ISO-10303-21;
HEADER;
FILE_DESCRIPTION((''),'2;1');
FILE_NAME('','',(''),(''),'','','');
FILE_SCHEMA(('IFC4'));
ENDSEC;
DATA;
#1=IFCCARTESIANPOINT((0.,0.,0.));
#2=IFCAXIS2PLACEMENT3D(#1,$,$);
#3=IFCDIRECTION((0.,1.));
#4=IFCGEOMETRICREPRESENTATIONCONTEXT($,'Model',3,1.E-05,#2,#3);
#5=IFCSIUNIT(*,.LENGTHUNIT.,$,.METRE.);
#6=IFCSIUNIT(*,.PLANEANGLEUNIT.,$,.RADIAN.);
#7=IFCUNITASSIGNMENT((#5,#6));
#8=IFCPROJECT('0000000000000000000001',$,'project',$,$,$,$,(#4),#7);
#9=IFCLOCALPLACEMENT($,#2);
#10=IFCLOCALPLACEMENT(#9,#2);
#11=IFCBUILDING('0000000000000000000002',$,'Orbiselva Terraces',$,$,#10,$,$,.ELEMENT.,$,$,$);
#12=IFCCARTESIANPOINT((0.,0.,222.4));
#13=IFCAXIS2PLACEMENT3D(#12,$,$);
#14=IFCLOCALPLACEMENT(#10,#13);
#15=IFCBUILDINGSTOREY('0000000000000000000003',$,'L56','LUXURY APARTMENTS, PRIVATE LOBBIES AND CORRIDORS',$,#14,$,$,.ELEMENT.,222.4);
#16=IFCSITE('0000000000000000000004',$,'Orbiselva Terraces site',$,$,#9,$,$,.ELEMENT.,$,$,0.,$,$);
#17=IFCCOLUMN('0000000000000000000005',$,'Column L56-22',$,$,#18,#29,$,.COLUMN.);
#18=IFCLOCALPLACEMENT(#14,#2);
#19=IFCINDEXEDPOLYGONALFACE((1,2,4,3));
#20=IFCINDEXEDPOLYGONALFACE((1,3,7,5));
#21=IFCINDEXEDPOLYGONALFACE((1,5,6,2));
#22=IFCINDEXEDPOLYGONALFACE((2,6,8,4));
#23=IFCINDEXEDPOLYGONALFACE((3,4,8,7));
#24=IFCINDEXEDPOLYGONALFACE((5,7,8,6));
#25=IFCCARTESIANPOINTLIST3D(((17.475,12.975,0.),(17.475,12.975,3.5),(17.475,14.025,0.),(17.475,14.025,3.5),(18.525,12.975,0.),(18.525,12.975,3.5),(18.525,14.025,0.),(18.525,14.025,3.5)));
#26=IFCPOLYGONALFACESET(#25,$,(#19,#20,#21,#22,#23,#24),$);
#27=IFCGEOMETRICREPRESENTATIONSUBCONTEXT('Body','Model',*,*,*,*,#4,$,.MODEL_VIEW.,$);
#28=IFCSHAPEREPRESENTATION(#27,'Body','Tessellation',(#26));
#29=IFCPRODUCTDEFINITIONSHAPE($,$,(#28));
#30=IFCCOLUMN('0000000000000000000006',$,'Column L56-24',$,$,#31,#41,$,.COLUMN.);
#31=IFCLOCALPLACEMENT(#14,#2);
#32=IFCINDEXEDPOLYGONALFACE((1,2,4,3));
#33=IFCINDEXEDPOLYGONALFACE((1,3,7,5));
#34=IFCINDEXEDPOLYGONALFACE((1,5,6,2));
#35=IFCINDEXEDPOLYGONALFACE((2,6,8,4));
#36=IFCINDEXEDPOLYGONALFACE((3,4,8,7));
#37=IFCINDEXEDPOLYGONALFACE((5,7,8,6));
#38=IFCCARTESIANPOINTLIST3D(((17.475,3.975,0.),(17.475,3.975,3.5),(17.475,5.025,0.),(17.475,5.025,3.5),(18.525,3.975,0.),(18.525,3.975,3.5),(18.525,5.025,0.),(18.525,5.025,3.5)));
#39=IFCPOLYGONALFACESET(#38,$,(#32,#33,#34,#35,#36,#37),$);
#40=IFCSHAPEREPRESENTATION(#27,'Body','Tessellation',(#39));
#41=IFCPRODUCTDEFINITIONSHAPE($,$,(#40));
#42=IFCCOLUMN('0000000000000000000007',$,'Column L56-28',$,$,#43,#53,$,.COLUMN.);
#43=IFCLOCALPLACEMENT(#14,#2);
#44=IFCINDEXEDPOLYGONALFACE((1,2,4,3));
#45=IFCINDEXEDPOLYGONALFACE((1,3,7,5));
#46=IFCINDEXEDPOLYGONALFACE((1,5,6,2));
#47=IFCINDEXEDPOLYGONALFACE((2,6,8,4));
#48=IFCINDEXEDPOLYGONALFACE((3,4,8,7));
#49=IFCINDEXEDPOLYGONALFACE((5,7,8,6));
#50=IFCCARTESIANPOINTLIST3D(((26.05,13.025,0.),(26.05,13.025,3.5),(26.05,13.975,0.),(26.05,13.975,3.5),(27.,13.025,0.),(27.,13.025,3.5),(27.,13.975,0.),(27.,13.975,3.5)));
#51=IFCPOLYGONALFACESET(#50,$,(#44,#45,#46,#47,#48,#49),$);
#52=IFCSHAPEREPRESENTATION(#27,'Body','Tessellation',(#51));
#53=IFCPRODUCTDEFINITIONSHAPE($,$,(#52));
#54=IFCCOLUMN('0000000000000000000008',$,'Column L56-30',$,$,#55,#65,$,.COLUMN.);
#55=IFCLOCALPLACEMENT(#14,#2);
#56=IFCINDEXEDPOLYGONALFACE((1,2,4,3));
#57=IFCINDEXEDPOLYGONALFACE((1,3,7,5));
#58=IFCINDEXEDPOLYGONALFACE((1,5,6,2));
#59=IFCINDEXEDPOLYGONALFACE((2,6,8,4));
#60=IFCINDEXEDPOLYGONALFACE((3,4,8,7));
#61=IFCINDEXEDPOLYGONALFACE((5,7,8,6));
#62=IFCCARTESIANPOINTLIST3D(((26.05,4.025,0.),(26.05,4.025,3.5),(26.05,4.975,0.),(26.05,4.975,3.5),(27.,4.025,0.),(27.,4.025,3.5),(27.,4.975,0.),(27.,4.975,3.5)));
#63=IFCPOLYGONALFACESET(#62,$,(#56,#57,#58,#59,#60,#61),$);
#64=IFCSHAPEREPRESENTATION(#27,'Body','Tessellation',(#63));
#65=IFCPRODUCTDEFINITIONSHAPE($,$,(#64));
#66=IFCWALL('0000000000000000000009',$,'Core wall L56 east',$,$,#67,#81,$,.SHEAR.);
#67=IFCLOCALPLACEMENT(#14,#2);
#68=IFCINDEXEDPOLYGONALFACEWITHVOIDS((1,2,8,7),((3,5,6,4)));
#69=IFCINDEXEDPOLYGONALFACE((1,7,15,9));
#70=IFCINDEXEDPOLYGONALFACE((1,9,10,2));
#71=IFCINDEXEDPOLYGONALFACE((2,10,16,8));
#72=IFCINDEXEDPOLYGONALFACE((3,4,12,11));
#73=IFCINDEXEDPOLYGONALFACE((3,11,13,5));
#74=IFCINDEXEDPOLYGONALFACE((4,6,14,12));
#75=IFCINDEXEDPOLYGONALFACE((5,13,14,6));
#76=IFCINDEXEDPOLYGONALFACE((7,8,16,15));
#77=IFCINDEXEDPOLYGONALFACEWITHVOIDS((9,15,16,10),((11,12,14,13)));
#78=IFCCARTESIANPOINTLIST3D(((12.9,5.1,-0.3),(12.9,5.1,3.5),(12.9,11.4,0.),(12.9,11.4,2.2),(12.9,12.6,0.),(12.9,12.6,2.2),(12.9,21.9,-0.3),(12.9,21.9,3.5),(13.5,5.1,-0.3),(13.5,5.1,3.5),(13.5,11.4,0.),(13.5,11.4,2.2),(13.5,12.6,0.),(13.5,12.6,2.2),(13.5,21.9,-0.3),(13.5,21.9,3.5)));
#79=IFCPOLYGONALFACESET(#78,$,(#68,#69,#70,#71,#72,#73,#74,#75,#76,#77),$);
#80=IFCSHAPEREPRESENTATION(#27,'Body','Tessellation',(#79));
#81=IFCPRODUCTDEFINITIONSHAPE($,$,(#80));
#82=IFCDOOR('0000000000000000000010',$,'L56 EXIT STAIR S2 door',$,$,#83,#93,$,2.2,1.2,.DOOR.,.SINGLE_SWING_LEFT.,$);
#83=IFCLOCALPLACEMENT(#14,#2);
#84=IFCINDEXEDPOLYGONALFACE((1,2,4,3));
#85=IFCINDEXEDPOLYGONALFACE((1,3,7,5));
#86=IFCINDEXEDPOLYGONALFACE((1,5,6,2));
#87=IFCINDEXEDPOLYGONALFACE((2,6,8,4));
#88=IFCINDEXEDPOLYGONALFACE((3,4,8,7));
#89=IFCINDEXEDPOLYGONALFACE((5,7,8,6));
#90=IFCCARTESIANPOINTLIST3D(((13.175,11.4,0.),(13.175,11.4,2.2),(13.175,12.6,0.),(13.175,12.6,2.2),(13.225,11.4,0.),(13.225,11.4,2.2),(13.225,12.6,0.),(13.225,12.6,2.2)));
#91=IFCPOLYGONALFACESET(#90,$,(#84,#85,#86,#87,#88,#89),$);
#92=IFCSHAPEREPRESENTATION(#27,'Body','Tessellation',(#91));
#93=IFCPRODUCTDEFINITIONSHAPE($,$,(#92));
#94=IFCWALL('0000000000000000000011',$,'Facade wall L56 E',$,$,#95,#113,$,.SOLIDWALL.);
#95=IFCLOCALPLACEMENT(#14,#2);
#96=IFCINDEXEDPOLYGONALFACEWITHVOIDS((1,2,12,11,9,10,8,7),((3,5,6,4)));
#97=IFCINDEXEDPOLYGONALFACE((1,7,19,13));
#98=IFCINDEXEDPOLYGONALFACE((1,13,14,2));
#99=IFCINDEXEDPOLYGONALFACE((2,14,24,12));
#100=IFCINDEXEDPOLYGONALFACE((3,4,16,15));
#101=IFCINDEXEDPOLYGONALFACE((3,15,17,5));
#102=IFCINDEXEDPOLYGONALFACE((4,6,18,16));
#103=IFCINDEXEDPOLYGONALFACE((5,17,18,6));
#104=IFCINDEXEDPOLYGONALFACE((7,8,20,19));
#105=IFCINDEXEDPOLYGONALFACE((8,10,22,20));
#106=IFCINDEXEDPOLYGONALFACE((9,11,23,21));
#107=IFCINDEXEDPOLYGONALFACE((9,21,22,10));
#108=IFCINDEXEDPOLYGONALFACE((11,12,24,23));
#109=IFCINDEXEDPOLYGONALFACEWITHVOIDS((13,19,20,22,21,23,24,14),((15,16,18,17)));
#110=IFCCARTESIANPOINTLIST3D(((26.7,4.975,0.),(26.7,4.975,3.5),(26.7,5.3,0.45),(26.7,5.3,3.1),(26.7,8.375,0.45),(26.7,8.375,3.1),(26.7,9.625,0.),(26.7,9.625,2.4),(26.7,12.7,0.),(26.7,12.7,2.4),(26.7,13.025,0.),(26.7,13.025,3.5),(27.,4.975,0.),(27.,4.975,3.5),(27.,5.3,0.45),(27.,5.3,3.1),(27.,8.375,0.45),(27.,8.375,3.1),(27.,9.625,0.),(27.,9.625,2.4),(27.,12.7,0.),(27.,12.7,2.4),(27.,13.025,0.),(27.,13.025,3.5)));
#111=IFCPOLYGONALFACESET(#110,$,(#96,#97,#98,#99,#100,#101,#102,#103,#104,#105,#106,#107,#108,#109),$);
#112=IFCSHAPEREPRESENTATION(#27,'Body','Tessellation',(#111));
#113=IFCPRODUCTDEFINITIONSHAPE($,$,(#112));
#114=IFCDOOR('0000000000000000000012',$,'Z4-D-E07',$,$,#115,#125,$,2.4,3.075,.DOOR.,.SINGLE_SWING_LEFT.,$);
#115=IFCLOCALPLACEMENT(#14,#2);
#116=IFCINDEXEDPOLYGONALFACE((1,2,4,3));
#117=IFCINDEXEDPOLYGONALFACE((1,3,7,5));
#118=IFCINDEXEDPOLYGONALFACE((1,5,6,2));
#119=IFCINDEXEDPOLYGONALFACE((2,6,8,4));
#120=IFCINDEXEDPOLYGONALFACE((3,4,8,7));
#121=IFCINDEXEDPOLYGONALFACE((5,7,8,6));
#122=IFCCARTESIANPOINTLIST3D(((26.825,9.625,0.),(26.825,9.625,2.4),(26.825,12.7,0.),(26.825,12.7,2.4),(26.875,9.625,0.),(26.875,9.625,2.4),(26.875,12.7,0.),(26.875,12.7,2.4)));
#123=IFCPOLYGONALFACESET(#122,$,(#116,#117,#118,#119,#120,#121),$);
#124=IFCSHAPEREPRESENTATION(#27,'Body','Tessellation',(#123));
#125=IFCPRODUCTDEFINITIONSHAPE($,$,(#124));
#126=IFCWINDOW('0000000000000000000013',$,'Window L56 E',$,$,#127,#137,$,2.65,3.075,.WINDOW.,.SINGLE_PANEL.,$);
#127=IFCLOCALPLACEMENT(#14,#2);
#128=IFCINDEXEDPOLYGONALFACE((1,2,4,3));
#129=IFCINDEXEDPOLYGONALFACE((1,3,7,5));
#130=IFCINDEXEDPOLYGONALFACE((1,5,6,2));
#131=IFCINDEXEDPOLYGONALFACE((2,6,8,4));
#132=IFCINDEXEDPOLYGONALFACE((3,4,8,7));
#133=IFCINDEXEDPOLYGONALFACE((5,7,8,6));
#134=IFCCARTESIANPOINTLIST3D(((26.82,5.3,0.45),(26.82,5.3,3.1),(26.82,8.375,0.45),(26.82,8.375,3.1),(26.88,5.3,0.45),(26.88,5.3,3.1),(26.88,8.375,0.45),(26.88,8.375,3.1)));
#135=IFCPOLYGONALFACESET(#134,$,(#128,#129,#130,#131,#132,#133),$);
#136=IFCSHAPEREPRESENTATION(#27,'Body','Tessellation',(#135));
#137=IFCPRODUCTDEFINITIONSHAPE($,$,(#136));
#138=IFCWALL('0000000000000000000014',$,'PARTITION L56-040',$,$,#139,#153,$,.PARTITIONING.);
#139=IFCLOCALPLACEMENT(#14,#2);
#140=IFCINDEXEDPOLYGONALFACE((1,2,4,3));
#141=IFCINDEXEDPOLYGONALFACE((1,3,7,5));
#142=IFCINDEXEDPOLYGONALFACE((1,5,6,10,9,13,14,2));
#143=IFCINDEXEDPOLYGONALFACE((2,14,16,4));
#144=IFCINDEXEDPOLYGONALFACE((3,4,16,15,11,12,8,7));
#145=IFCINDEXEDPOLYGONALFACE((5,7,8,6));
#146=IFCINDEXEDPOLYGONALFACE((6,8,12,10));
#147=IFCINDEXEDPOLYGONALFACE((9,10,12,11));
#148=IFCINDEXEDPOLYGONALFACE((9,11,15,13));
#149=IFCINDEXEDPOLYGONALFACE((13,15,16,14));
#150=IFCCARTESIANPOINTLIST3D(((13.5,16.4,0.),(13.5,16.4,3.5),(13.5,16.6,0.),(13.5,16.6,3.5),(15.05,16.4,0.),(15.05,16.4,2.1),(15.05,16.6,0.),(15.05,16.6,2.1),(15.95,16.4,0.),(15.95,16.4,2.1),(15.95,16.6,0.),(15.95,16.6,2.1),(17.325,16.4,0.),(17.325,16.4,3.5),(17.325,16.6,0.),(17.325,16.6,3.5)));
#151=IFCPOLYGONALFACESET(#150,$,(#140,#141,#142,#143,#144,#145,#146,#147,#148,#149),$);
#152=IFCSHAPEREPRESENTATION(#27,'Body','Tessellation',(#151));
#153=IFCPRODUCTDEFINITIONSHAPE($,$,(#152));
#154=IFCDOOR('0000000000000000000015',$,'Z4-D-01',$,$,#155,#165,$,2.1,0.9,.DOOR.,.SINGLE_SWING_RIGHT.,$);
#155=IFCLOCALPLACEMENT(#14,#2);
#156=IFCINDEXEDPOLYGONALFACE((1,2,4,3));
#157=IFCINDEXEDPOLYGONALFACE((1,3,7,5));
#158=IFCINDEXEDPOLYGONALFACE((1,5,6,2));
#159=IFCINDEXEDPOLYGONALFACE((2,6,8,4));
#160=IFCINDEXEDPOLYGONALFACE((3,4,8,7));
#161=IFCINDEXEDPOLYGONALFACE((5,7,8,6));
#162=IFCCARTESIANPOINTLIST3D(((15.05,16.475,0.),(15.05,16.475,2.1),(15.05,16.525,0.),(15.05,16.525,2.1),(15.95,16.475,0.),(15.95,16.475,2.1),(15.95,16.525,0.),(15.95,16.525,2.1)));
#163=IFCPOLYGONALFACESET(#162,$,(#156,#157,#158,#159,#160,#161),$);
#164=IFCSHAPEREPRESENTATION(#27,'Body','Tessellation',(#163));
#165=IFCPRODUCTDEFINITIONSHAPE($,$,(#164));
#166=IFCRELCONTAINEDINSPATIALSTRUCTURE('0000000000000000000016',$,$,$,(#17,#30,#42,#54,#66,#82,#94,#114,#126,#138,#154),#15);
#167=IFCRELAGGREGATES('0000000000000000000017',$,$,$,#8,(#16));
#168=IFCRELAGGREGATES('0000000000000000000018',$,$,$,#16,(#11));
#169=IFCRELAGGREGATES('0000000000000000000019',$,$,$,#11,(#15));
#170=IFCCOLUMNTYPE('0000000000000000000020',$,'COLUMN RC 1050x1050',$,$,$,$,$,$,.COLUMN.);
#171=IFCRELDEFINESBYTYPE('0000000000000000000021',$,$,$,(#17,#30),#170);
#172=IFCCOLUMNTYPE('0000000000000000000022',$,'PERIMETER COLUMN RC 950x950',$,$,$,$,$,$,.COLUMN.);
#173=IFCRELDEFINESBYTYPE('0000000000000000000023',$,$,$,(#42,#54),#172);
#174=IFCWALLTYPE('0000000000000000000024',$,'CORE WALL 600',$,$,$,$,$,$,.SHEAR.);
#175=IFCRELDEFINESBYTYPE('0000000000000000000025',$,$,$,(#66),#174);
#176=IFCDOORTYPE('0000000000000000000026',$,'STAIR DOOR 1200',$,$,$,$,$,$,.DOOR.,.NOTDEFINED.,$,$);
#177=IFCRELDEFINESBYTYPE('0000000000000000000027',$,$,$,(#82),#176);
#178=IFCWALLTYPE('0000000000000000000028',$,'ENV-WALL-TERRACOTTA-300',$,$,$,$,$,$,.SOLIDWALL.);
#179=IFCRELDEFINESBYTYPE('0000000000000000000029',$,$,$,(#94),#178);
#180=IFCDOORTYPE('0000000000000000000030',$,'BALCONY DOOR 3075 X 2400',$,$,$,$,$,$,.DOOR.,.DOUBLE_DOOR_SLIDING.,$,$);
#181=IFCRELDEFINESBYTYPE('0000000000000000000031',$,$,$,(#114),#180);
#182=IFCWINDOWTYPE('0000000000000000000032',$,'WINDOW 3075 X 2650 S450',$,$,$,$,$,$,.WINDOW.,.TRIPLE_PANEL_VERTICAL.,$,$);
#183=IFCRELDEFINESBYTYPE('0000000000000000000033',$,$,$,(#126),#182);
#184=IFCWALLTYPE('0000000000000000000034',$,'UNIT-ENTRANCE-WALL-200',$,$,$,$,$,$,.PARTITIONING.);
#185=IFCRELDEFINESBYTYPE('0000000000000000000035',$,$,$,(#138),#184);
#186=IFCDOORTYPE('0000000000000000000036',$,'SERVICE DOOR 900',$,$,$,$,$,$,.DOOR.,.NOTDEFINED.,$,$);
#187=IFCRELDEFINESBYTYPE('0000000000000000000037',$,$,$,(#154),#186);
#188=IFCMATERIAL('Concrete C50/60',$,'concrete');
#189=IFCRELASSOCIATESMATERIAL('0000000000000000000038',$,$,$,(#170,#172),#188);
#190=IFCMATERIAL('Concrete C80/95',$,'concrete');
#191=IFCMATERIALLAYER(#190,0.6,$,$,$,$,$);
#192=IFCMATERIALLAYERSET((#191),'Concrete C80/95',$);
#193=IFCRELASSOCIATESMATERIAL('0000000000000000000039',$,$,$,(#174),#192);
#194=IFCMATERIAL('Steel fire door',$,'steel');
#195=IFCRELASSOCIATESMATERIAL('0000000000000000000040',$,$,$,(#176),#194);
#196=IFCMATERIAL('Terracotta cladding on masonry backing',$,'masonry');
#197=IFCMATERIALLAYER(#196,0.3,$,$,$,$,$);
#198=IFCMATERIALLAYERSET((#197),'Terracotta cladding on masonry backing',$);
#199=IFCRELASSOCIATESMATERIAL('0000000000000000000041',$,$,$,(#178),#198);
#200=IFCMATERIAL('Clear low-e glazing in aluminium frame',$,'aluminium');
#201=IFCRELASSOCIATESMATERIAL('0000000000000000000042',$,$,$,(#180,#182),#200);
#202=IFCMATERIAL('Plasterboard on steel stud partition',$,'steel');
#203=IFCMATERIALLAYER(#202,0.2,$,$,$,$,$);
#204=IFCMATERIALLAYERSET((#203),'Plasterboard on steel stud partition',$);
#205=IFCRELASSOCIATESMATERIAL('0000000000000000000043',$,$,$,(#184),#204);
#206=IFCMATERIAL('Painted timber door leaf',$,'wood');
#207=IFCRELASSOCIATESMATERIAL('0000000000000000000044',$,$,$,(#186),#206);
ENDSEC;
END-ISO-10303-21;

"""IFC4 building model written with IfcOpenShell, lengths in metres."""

from ifc_helpers import new_model, si_unit, direction, frame, frame_2d, origin, origin_2d, place, context, subcontext, project, spatial, rectangle, extrude, material, layer, layer_set, material_profile, profile_set, type_object, element, fill, save


model = new_model("IFC4")

# Units and contexts
model_context = context("Model", 3, precision=1e-05, world=origin(), true_north=direction((0.0, 1.0)))
body_context = subcontext(model_context, "Body", "Model", "MODEL_VIEW")
ifc_project = project(units=[si_unit("LENGTHUNIT", "METRE"), si_unit("PLANEANGLEUNIT", "RADIAN")], contexts=[model_context])

# Site, building, storey
site_placement = place(None, origin())
site = spatial("IfcSite", under=ifc_project, at=site_placement, Name="Orbiselva Terraces site", CompositionType="ELEMENT", RefElevation=0.0)
building_placement = place(site_placement, origin())
building = spatial("IfcBuilding", under=site, at=building_placement, Name="Orbiselva Terraces", CompositionType="ELEMENT")
storey_placement = place(building_placement, frame((0.0, 0.0, 222.4)))
storey = spatial("IfcBuildingStorey", under=building, at=storey_placement, Name="L56", Description="LUXURY APARTMENTS, PRIVATE LOBBIES AND CORRIDORS", CompositionType="ELEMENT", Elevation=222.4)

# Columns
ifc_material_1 = material(Name="Concrete C50/60", Category="concrete")
ifc_material_profile_1 = material_profile(ifc_material_1, rectangle(XDim=1.05, YDim=1.05, at=origin_2d()), Name="RC 1050x1050")
ifc_profile_set_1 = profile_set([ifc_material_profile_1], Name="Concrete C50/60")
column_type_1 = type_object("IfcColumnType", Name="COLUMN RC 1050x1050", PredefinedType="COLUMN", material=ifc_profile_set_1)
for number, where, z_axis, x_axis, name in (
    (1, (18.0, 13.5, 0.0), (0.0, 0.0, 1.0), (1.0, 0.0, 0.0), "Column L56-22"),
    (2, (18.0, 4.5, 0.0), (0.0, 0.0, 1.0), (1.0, 0.0, 0.0), "Column L56-24"),
):
    element("IfcColumn", number, at=place(storey_placement, frame(where, z_axis=z_axis, x_axis=x_axis)), inside=storey, type_object=column_type_1, Name=name, PredefinedType="COLUMN", context=body_context, shape_type="SweptSolid", body=[
        extrude(rectangle(XDim=1.05, YDim=1.05, at=origin_2d()), origin(), (0.0, 0.0, 1.0), 3.5),
    ])
ifc_material_profile_2 = material_profile(ifc_material_1, rectangle(XDim=0.95, YDim=0.95, at=origin_2d()), Name="RC 950x950")
ifc_profile_set_2 = profile_set([ifc_material_profile_2], Name="Concrete C50/60")
column_type_2 = type_object("IfcColumnType", Name="PERIMETER COLUMN RC 950x950", PredefinedType="COLUMN", material=ifc_profile_set_2)
for number, where, z_axis, x_axis, name in (
    (3, (26.525, 13.5, 0.0), (0.0, 0.0, 1.0), (1.0, 0.0, 0.0), "Column L56-28"),
    (4, (26.525, 4.5, 0.0), (0.0, 0.0, 1.0), (1.0, 0.0, 0.0), "Column L56-30"),
):
    element("IfcColumn", number, at=place(storey_placement, frame(where, z_axis=z_axis, x_axis=x_axis)), inside=storey, type_object=column_type_2, Name=name, PredefinedType="COLUMN", context=body_context, shape_type="SweptSolid", body=[
        extrude(rectangle(XDim=0.95, YDim=0.95, at=origin_2d()), origin(), (0.0, 0.0, 1.0), 3.5),
    ])

# Wall, opening, door
ifc_material_2 = material(Name="Concrete C80/95", Category="concrete")
ifc_layer_1 = layer(ifc_material_2, 0.6)
ifc_layer_set_1 = layer_set([ifc_layer_1], Name="Concrete C80/95")
wall_type_1 = type_object("IfcWallType", Name="CORE WALL 600", PredefinedType="SHEAR", material=ifc_layer_set_1)
wall_1_placement = place(storey_placement, frame((13.2, 5.1, -0.3), z_axis=(0.0, 0.0, 1.0), x_axis=(0.0, 1.0, 0.0)))
wall_1 = element("IfcWall", 5, at=wall_1_placement, inside=storey, type_object=wall_type_1, Name="Core wall L56 east", PredefinedType="SHEAR", context=body_context, shape_type="SweptSolid", body=[
    extrude(rectangle(XDim=16.8, YDim=0.6, at=frame_2d((8.4, 0.0))), origin(), (0.0, 0.0, 1.0), 3.8),
])
opening_1_placement = place(wall_1_placement, frame((6.3, 0.0, 0.3)))
opening_1 = element("IfcOpeningElement", 6, at=opening_1_placement, cuts=wall_1, PredefinedType="OPENING", context=body_context, shape_type="SweptSolid", body=[
    extrude(rectangle(XDim=1.2, YDim=2.2, at=frame_2d((0.6, 1.1))), frame((0.0, 0.31, 0.0), z_axis=(0.0, -1.0, 0.0), x_axis=(1.0, 0.0, 0.0)), (0.0, 0.0, 1.0), 0.62),
])
ifc_material_3 = material(Name="Steel fire door", Category="steel")
door_type_1 = type_object("IfcDoorType", Name="STAIR DOOR 1200", OperationType="NOTDEFINED", PredefinedType="DOOR", material=ifc_material_3)
door_1_placement = place(opening_1_placement, frame((1.2, 0.0, 0.0), z_axis=(0.0, 0.0, 1.0), x_axis=(-1.0, 0.0, 0.0)))
door_1 = element("IfcDoor", 7, at=door_1_placement, inside=storey, type_object=door_type_1, Name="L56 EXIT STAIR S2 door", OperationType="SINGLE_SWING_LEFT", OverallHeight=2.2, OverallWidth=1.2, PredefinedType="DOOR", context=body_context, shape_type="SweptSolid", body=[
    extrude(rectangle(XDim=1.2, YDim=2.2, at=frame_2d((0.6, 1.1))), frame((0.0, 0.025, 0.0), z_axis=(0.0, -1.0, 0.0), x_axis=(1.0, 0.0, 0.0)), (0.0, 0.0, 1.0), 0.05),
])
fill(opening_1, door_1)

# Wall, openings, door, window
ifc_material_4 = material(Name="Terracotta cladding on masonry backing", Category="masonry")
ifc_layer_2 = layer(ifc_material_4, 0.3)
ifc_layer_set_2 = layer_set([ifc_layer_2], Name="Terracotta cladding on masonry backing")
wall_type_2 = type_object("IfcWallType", Name="ENV-WALL-TERRACOTTA-300", PredefinedType="SOLIDWALL", material=ifc_layer_set_2)
wall_2_placement = place(storey_placement, frame((26.85, 13.025, 0.0), z_axis=(0.0, 0.0, 1.0), x_axis=(0.0, -1.0, 0.0)))
wall_2 = element("IfcWall", 8, at=wall_2_placement, inside=storey, type_object=wall_type_2, Name="Facade wall L56 E", PredefinedType="SOLIDWALL", context=body_context, shape_type="SweptSolid", body=[
    extrude(rectangle(XDim=8.05, YDim=0.3, at=frame_2d((4.025, 0.0))), origin(), (0.0, 0.0, 1.0), 3.5),
])
opening_2_placement = place(wall_2_placement, frame((4.65, 0.0, 0.45)))
opening_2 = element("IfcOpeningElement", 9, at=opening_2_placement, cuts=wall_2, PredefinedType="OPENING", context=body_context, shape_type="SweptSolid", body=[
    extrude(rectangle(XDim=3.075, YDim=2.65, at=frame_2d((1.5375, 1.325))), frame((0.0, 0.16, 0.0), z_axis=(0.0, -1.0, 0.0), x_axis=(1.0, 0.0, 0.0)), (0.0, 0.0, 1.0), 0.32),
])
opening_3_placement = place(wall_2_placement, frame((0.325, 0.0, 0.0)))
opening_3 = element("IfcOpeningElement", 10, at=opening_3_placement, cuts=wall_2, PredefinedType="OPENING", context=body_context, shape_type="SweptSolid", body=[
    extrude(rectangle(XDim=3.075, YDim=2.4, at=frame_2d((1.5375, 1.2))), frame((0.0, 0.16, 0.0), z_axis=(0.0, -1.0, 0.0), x_axis=(1.0, 0.0, 0.0)), (0.0, 0.0, 1.0), 0.32),
])
ifc_material_5 = material(Name="Clear low-e glazing in aluminium frame", Category="aluminium")
door_type_2 = type_object("IfcDoorType", Name="BALCONY DOOR 3075 X 2400", OperationType="DOUBLE_DOOR_SLIDING", PredefinedType="DOOR", material=ifc_material_5)
door_2_placement = place(opening_3_placement, origin())
door_2 = element("IfcDoor", 11, at=door_2_placement, inside=storey, type_object=door_type_2, Name="Z4-D-E07", OperationType="SINGLE_SWING_LEFT", OverallHeight=2.4, OverallWidth=3.075, PredefinedType="DOOR", context=body_context, shape_type="SweptSolid", body=[
    extrude(rectangle(XDim=3.075, YDim=2.4, at=frame_2d((1.5375, 1.2))), frame((0.0, 0.025, 0.0), z_axis=(0.0, -1.0, 0.0), x_axis=(1.0, 0.0, 0.0)), (0.0, 0.0, 1.0), 0.05),
])
fill(opening_3, door_2)
window_type = type_object("IfcWindowType", Name="WINDOW 3075 X 2650 S450", PartitioningType="TRIPLE_PANEL_VERTICAL", PredefinedType="WINDOW", material=ifc_material_5)
window_placement = place(opening_2_placement, origin())
window = element("IfcWindow", 12, at=window_placement, inside=storey, type_object=window_type, Name="Window L56 E", OverallHeight=2.65, OverallWidth=3.075, PartitioningType="SINGLE_PANEL", PredefinedType="WINDOW", context=body_context, shape_type="SweptSolid", body=[
    extrude(rectangle(XDim=3.075, YDim=2.65, at=frame_2d((1.5375, 1.325))), frame((0.0, 0.03, 0.0), z_axis=(0.0, -1.0, 0.0), x_axis=(1.0, 0.0, 0.0)), (0.0, 0.0, 1.0), 0.06),
])
fill(opening_2, window)

# Wall, opening, door
ifc_material_6 = material(Name="Plasterboard on steel stud partition", Category="steel")
ifc_layer_3 = layer(ifc_material_6, 0.2)
ifc_layer_set_3 = layer_set([ifc_layer_3], Name="Plasterboard on steel stud partition")
wall_type_3 = type_object("IfcWallType", Name="UNIT-ENTRANCE-WALL-200", PredefinedType="PARTITIONING", material=ifc_layer_set_3)
wall_3_placement = place(storey_placement, frame((13.5, 16.5, 0.0), z_axis=(0.0, 0.0, 1.0), x_axis=(1.0, 0.0, 0.0)))
wall_3 = element("IfcWall", 13, at=wall_3_placement, inside=storey, type_object=wall_type_3, Name="PARTITION L56-040", PredefinedType="PARTITIONING", context=body_context, shape_type="SweptSolid", body=[
    extrude(rectangle(XDim=3.825, YDim=0.2, at=frame_2d((1.9125, 0.0))), origin(), (0.0, 0.0, 1.0), 3.5),
])
opening_4_placement = place(wall_3_placement, frame((1.55, 0.0, 0.0)))
opening_4 = element("IfcOpeningElement", 14, at=opening_4_placement, cuts=wall_3, PredefinedType="OPENING", context=body_context, shape_type="SweptSolid", body=[
    extrude(rectangle(XDim=0.9, YDim=2.1, at=frame_2d((0.45, 1.05))), frame((0.0, 0.11, 0.0), z_axis=(0.0, -1.0, 0.0), x_axis=(1.0, 0.0, 0.0)), (0.0, 0.0, 1.0), 0.22),
])
ifc_material_7 = material(Name="Painted timber door leaf", Category="wood")
door_type_3 = type_object("IfcDoorType", Name="SERVICE DOOR 900", OperationType="NOTDEFINED", PredefinedType="DOOR", material=ifc_material_7)
door_3_placement = place(opening_4_placement, origin())
door_3 = element("IfcDoor", 15, at=door_3_placement, inside=storey, type_object=door_type_3, Name="Z4-D-01", OperationType="SINGLE_SWING_RIGHT", OverallHeight=2.1, OverallWidth=0.9, PredefinedType="DOOR", context=body_context, shape_type="SweptSolid", body=[
    extrude(rectangle(XDim=0.9, YDim=2.1, at=frame_2d((0.45, 1.05))), frame((0.0, 0.025, 0.0), z_axis=(0.0, -1.0, 0.0), x_axis=(1.0, 0.0, 0.0)), (0.0, 0.0, 1.0), 0.05),
])
fill(opening_4, door_3)

save(model, "model.ifc")
